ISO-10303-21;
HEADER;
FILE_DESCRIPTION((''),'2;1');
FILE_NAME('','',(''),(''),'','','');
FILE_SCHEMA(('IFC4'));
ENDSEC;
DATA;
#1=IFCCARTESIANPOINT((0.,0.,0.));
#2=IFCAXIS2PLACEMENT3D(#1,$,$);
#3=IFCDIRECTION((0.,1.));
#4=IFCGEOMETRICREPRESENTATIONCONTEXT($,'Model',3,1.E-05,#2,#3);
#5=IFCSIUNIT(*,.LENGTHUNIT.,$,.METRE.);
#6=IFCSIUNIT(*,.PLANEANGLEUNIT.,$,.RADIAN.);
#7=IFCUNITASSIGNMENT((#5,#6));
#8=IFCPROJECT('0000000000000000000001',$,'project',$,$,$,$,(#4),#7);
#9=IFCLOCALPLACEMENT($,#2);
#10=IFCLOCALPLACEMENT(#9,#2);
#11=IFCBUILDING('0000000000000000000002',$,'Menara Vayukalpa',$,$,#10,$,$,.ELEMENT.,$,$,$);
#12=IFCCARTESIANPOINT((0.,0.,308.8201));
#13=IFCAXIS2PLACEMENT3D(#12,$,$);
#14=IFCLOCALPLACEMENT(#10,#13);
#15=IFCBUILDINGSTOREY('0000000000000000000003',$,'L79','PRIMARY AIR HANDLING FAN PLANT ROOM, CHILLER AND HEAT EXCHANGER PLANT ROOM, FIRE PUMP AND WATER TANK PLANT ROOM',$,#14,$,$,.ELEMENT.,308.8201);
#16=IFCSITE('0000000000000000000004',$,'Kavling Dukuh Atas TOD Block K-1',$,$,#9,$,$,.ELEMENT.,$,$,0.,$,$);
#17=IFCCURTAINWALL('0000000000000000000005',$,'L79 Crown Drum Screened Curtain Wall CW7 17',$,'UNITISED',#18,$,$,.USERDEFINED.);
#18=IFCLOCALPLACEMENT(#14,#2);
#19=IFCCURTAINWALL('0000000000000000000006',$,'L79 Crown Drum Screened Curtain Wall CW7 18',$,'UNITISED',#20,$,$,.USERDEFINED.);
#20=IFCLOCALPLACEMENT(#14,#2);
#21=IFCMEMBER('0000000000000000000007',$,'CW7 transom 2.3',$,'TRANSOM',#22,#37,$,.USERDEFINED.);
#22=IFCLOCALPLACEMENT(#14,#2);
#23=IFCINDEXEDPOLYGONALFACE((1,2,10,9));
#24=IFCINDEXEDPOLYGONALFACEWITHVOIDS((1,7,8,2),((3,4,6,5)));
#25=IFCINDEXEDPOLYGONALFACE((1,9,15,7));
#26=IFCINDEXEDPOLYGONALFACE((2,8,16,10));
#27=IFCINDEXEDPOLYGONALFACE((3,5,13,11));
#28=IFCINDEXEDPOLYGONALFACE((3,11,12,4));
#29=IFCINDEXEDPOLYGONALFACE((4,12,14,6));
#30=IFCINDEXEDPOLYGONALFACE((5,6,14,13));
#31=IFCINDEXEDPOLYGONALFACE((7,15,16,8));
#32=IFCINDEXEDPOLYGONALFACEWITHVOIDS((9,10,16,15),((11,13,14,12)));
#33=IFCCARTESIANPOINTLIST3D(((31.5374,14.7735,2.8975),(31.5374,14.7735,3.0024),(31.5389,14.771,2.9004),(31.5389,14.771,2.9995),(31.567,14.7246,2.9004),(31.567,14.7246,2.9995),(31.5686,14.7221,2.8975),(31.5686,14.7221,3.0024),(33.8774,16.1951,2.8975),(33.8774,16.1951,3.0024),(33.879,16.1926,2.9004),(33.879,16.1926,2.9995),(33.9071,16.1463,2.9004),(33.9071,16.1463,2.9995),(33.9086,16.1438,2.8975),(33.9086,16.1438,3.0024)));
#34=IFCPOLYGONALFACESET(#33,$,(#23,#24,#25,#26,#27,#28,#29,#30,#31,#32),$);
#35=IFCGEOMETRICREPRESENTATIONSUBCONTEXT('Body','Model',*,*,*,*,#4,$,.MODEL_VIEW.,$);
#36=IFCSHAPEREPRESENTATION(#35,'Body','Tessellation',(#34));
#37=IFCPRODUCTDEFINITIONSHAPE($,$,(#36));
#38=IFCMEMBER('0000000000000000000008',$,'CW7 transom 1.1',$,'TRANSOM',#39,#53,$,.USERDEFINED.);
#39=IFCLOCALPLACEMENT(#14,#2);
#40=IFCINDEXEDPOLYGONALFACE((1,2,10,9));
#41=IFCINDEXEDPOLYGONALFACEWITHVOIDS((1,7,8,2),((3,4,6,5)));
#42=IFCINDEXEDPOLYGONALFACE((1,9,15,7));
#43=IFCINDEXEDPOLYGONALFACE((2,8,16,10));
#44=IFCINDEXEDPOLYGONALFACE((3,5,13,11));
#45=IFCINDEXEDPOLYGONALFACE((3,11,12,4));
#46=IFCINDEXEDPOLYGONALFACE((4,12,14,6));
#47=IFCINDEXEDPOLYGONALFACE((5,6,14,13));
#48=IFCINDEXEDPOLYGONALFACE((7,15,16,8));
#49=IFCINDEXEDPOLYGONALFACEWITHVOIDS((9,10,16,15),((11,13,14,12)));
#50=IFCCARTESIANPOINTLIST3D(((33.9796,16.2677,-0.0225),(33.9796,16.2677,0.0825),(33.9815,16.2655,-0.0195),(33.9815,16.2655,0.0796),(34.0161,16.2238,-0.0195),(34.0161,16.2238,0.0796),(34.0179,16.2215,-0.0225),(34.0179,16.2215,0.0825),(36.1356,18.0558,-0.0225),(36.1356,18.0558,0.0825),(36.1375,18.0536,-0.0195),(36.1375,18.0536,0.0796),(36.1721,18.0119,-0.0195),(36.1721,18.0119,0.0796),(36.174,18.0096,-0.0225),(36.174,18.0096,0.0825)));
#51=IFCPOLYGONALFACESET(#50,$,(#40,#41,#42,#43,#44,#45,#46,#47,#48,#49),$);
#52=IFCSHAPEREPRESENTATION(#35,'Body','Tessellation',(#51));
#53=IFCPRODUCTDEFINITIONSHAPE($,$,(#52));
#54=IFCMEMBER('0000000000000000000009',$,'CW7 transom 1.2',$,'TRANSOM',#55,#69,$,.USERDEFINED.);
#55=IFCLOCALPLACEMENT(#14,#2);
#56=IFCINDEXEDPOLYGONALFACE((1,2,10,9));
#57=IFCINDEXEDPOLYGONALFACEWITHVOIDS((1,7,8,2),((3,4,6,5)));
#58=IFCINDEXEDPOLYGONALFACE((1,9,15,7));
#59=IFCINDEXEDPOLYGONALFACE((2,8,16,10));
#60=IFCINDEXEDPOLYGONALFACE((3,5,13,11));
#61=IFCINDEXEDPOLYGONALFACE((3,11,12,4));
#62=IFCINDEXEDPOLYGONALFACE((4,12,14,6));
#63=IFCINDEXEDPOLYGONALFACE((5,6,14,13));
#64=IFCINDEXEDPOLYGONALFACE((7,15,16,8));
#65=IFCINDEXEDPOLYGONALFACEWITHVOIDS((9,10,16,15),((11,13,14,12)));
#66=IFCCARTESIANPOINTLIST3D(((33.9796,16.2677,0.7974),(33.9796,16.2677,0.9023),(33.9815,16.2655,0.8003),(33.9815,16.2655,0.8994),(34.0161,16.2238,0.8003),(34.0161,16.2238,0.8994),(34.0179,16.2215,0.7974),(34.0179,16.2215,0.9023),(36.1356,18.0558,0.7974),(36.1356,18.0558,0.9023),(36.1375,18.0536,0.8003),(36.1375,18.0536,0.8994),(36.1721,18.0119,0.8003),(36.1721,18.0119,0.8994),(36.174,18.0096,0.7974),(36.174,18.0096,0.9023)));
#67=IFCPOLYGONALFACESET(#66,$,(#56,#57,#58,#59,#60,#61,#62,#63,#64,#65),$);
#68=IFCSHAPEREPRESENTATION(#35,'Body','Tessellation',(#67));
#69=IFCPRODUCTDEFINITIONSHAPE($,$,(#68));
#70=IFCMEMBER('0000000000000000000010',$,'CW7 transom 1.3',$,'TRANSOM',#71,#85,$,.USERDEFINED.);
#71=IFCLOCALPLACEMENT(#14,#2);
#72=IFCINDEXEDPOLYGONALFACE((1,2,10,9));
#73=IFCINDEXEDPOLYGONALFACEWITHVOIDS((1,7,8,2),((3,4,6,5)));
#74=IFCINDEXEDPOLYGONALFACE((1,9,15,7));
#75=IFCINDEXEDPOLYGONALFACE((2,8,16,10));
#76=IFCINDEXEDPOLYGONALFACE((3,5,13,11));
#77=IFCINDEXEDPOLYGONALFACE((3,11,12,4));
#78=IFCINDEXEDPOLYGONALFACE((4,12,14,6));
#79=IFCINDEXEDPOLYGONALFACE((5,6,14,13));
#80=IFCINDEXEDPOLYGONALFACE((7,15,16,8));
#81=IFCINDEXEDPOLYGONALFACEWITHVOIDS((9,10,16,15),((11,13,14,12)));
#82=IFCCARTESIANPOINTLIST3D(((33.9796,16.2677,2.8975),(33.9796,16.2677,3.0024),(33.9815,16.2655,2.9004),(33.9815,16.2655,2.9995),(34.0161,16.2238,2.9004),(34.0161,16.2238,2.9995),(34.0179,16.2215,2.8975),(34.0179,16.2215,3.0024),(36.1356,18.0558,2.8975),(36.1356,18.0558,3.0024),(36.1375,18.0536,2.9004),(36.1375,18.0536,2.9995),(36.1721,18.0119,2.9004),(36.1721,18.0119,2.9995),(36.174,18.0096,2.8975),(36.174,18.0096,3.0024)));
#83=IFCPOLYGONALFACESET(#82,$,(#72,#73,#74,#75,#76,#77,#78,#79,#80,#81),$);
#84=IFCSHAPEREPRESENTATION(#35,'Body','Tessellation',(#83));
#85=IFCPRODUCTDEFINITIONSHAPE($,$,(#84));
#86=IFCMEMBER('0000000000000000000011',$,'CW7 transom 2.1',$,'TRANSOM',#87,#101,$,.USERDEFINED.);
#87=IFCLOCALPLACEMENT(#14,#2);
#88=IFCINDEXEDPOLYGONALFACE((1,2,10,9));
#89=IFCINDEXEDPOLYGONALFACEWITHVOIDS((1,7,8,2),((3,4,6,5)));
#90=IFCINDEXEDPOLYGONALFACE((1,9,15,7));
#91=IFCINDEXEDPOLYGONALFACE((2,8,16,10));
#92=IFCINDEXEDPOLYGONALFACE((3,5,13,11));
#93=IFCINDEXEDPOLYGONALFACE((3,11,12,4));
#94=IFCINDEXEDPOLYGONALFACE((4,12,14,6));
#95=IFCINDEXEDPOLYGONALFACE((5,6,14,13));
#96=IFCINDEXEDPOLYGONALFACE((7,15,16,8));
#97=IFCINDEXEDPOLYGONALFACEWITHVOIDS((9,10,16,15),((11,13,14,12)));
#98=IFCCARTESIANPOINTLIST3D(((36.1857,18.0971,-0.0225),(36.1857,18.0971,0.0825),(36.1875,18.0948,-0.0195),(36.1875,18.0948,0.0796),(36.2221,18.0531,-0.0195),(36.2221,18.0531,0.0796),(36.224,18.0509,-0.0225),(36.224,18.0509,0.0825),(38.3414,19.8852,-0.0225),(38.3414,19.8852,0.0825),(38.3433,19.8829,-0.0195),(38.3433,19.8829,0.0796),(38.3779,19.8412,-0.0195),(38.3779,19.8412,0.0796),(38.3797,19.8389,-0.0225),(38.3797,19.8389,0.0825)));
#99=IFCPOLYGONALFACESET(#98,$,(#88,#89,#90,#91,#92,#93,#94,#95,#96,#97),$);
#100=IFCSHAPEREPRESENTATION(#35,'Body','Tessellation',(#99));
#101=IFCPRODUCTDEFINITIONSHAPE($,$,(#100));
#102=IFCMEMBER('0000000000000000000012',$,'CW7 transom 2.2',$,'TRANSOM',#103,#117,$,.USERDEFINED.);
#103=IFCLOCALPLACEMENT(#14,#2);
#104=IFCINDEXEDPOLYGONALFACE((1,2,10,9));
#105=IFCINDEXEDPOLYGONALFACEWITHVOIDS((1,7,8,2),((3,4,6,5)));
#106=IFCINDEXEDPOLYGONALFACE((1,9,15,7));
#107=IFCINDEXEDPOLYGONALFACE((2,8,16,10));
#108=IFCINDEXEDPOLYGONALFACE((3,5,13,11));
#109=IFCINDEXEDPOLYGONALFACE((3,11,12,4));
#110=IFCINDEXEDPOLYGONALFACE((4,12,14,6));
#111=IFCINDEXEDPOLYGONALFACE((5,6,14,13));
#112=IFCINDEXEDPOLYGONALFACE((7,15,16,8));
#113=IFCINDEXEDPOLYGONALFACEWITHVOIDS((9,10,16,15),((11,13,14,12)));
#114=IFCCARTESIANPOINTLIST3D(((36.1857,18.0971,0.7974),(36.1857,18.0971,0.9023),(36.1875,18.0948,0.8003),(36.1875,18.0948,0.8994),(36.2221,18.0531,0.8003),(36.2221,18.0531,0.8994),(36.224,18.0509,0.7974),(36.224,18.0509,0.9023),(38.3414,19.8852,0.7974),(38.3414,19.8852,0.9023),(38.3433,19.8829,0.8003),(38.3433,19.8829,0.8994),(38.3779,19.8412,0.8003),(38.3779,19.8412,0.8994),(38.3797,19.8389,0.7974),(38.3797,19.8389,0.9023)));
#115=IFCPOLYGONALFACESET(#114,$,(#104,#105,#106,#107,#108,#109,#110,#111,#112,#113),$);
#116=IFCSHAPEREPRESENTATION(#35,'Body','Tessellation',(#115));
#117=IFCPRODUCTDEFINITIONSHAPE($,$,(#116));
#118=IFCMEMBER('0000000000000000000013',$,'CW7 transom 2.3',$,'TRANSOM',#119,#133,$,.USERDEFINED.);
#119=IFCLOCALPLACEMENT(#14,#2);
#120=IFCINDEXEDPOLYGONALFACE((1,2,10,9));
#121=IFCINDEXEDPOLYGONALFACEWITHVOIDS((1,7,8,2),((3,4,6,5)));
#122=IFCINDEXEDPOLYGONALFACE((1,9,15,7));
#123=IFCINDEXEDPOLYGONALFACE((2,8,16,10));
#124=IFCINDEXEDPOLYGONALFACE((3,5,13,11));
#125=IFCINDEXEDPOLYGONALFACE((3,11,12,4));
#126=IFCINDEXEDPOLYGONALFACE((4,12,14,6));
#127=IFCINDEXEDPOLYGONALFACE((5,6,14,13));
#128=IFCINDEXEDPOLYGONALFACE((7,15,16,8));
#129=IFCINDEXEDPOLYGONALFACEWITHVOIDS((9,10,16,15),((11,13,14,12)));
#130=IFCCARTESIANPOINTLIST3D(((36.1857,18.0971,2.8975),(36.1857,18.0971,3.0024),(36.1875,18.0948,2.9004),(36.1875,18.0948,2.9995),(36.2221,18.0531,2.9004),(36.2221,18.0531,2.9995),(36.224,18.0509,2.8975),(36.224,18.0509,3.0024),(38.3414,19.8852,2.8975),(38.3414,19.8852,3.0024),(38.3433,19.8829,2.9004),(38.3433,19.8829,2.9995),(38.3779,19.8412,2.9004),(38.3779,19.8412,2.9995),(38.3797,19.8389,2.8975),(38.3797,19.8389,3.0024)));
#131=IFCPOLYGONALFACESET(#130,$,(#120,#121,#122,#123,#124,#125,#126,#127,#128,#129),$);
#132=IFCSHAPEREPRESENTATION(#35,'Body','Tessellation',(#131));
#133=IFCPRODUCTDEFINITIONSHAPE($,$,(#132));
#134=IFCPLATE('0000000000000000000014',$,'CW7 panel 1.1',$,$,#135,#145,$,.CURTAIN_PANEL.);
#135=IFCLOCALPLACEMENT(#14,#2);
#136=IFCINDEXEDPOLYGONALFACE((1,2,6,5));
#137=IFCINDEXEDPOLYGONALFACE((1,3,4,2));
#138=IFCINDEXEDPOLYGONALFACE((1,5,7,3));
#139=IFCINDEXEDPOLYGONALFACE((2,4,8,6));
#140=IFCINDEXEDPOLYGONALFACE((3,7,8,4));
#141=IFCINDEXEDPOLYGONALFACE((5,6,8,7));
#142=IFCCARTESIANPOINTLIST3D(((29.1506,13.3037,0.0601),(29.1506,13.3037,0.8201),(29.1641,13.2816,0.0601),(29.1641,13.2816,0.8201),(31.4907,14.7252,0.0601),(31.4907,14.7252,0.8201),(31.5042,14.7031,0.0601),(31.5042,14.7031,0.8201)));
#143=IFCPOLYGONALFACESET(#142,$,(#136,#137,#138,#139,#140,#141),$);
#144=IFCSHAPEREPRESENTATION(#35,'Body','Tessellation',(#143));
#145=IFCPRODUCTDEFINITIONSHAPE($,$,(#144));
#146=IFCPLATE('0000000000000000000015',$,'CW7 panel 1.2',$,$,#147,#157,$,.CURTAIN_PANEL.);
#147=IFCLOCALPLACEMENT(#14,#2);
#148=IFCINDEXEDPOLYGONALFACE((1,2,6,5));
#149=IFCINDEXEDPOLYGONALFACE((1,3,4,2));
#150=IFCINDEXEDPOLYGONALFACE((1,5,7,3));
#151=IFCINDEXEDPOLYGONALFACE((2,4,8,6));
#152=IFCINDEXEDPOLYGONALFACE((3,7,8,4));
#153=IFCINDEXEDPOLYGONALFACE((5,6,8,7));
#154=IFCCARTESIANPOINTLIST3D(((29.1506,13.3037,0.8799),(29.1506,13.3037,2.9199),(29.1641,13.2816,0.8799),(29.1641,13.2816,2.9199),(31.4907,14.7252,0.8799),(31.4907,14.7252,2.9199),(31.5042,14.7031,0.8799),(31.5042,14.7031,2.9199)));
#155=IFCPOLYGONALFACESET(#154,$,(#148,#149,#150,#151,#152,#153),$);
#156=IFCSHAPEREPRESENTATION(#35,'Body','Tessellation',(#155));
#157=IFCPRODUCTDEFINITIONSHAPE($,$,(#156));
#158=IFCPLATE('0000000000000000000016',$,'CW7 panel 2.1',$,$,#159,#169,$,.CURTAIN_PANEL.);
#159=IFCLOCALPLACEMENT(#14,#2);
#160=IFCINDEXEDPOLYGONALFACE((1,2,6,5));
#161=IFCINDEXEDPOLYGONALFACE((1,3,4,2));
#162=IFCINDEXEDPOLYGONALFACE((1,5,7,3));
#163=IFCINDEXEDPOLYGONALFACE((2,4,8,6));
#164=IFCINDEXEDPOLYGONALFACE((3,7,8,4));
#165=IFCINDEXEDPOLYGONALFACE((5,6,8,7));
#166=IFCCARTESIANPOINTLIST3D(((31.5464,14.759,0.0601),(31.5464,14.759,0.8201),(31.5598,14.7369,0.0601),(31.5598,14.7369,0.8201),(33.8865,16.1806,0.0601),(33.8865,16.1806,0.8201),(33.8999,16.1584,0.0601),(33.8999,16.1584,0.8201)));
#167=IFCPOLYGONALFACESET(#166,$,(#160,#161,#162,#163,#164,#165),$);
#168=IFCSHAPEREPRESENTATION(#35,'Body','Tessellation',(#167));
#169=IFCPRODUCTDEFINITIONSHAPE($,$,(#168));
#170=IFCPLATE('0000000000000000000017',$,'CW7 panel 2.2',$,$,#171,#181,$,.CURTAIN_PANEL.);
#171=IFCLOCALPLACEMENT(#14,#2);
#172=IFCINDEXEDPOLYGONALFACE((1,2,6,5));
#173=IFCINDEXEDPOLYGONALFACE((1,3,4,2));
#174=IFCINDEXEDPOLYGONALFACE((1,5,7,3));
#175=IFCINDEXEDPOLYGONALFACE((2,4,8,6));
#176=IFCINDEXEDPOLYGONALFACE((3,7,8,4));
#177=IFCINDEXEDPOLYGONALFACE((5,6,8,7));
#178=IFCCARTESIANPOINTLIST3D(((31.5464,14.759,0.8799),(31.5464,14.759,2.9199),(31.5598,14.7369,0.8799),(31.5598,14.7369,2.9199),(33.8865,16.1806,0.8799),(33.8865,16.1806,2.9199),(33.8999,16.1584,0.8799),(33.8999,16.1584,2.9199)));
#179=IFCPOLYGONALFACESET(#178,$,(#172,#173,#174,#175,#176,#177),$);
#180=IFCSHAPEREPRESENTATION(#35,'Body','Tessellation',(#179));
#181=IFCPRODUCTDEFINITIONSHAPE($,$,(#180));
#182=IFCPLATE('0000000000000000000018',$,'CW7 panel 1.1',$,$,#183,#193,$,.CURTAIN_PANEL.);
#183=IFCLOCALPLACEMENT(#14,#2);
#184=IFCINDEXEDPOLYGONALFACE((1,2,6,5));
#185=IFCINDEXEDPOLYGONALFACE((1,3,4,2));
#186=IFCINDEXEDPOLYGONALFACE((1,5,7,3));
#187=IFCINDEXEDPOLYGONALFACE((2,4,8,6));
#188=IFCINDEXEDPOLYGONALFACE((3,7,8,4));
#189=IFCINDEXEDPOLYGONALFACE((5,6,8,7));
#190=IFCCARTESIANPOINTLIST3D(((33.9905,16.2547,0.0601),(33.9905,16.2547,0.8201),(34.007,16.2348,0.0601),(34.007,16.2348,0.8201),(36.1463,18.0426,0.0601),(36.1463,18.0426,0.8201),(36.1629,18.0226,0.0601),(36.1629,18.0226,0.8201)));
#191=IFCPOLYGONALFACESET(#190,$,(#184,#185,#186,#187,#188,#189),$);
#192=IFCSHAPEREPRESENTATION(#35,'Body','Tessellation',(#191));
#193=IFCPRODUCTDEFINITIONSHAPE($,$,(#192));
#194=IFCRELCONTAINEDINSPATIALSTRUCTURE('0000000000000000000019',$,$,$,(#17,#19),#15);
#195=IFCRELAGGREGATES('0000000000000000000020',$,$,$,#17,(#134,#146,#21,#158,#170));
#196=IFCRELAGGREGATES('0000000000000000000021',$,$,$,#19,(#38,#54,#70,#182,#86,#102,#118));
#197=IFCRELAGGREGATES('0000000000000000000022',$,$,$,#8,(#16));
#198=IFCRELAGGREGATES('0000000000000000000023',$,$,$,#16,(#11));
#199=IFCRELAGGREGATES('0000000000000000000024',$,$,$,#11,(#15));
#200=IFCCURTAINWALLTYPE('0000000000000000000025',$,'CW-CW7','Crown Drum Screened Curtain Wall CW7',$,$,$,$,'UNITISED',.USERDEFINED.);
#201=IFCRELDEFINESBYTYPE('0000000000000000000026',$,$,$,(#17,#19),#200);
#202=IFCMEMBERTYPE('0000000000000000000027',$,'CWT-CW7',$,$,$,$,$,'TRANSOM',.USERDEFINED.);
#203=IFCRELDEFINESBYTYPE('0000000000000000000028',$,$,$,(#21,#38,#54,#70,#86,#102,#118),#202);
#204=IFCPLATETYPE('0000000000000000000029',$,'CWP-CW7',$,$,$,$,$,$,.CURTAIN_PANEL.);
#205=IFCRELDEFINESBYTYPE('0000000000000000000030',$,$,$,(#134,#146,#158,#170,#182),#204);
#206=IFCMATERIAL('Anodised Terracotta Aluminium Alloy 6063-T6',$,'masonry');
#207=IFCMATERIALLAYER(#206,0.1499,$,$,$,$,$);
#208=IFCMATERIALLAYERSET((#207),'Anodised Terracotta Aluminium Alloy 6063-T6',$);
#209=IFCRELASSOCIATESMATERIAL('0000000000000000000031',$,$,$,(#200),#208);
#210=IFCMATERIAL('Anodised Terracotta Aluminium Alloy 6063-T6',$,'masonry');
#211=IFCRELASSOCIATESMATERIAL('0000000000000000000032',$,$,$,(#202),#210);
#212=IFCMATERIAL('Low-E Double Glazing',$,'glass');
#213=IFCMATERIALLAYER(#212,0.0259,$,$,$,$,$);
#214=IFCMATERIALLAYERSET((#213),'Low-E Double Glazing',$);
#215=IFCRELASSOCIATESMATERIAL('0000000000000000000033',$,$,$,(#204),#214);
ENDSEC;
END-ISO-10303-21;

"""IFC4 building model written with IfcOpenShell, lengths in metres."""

from ifc_helpers import new_model, si_unit, direction, frame, origin, origin_2d, place, context, subcontext, project, spatial, rectangle, hollow_rectangle, extrude, material, layer, layer_set, material_profile, profile_set, type_object, element, aggregate, save


model = new_model("IFC4")

# Units and contexts
model_context = context("Model", 3, precision=1e-05, world=origin(), true_north=direction((0.0, 1.0)))
body_context = subcontext(model_context, "Body", "Model", "MODEL_VIEW")
ifc_project = project(units=[si_unit("LENGTHUNIT", "METRE"), si_unit("PLANEANGLEUNIT", "RADIAN")], contexts=[model_context])

# Site, building, storey
site_placement = place(None, origin())
site = spatial("IfcSite", under=ifc_project, at=site_placement, Name="Kavling Dukuh Atas TOD Block K-1", CompositionType="ELEMENT", RefElevation=0.0)
building_placement = place(site_placement, origin())
building = spatial("IfcBuilding", under=site, at=building_placement, Name="Menara Vayukalpa", CompositionType="ELEMENT")
storey_placement = place(building_placement, frame((0.0, 0.0, 308.8201)))
storey = spatial("IfcBuildingStorey", under=building, at=storey_placement, Name="L79", Description="PRIMARY AIR HANDLING FAN PLANT ROOM, CHILLER AND HEAT EXCHANGER PLANT ROOM, FIRE PUMP AND WATER TANK PLANT ROOM", CompositionType="ELEMENT", Elevation=308.8201)

# Curtain walls
ifc_material_1 = material(Name="Anodised Terracotta Aluminium Alloy 6063-T6", Category="masonry")
ifc_layer_1 = layer(ifc_material_1, 0.1499)
ifc_layer_set_1 = layer_set([ifc_layer_1], Name="Anodised Terracotta Aluminium Alloy 6063-T6")
curtain_wall_type = type_object("IfcCurtainWallType", Name="CW-CW7", Description="Crown Drum Screened Curtain Wall CW7", ElementType="UNITISED", PredefinedType="USERDEFINED", material=ifc_layer_set_1)
curtain_wall_1_placement = place(storey_placement, origin())
curtain_wall_1 = element("IfcCurtainWall", 1, at=curtain_wall_1_placement, inside=storey, type_object=curtain_wall_type, Name="L79 Crown Drum Screened Curtain Wall CW7 17", ObjectType="UNITISED", PredefinedType="USERDEFINED")
curtain_wall_2_placement = place(storey_placement, origin())
curtain_wall_2 = element("IfcCurtainWall", 2, at=curtain_wall_2_placement, inside=storey, type_object=curtain_wall_type, Name="L79 Crown Drum Screened Curtain Wall CW7 18", ObjectType="UNITISED", PredefinedType="USERDEFINED")

# Members
ifc_material_2 = material(Name="Anodised Terracotta Aluminium Alloy 6063-T6", Category="masonry")
ifc_material_profile_1 = material_profile(ifc_material_2, hollow_rectangle(XDim=0.0601, YDim=0.105, WallThickness=0.0029, at=origin_2d()), Name="ALU 60x105x3")
ifc_profile_set_1 = profile_set([ifc_material_profile_1], Name="Anodised Terracotta Aluminium Alloy 6063-T6")
member_type_1 = type_object("IfcMemberType", Name="CWT-CW7", ElementType="TRANSOM", PredefinedType="USERDEFINED", material=ifc_profile_set_1)
member_1_placement = place(storey_placement, frame((31.553, 14.7478, 2.95), z_axis=(0.854648, 0.519208, 0.0), x_axis=(-0.519208, 0.854648, 0.0)))
member_1 = element("IfcMember", 3, at=member_1_placement, type_object=member_type_1, Name="CW7 transom 2.3", ObjectType="TRANSOM", PredefinedType="USERDEFINED", context=body_context, shape_type="SweptSolid", body=[
    extrude(hollow_rectangle(XDim=0.0601, YDim=0.105, WallThickness=0.0029, at=origin_2d()), origin(), (0.0, 0.0, 1.0), 2.738),
])
member_2_placement = place(storey_placement, frame((33.9988, 16.2446, 0.03), z_axis=(0.769727, 0.638374, 0.0), x_axis=(-0.638374, 0.769727, 0.0)))
member_2 = element("IfcMember", 4, at=member_2_placement, type_object=member_type_1, Name="CW7 transom 1.1", ObjectType="TRANSOM", PredefinedType="USERDEFINED", context=body_context, shape_type="SweptSolid", body=[
    extrude(hollow_rectangle(XDim=0.0601, YDim=0.105, WallThickness=0.0029, at=origin_2d()), origin(), (0.0, 0.0, 1.0), 2.801),
])
member_3_placement = place(storey_placement, frame((33.9988, 16.2446, 0.8499), z_axis=(0.769727, 0.638374, 0.0), x_axis=(-0.638374, 0.769727, 0.0)))
member_3 = element("IfcMember", 5, at=member_3_placement, type_object=member_type_1, Name="CW7 transom 1.2", ObjectType="TRANSOM", PredefinedType="USERDEFINED", context=body_context, shape_type="SweptSolid", body=[
    extrude(hollow_rectangle(XDim=0.0601, YDim=0.105, WallThickness=0.0029, at=origin_2d()), origin(), (0.0, 0.0, 1.0), 2.801),
])
member_4_placement = place(storey_placement, frame((33.9988, 16.2446, 2.95), z_axis=(0.769727, 0.638374, 0.0), x_axis=(-0.638374, 0.769727, 0.0)))
member_4 = element("IfcMember", 6, at=member_4_placement, type_object=member_type_1, Name="CW7 transom 1.3", ObjectType="TRANSOM", PredefinedType="USERDEFINED", context=body_context, shape_type="SweptSolid", body=[
    extrude(hollow_rectangle(XDim=0.0601, YDim=0.105, WallThickness=0.0029, at=origin_2d()), origin(), (0.0, 0.0, 1.0), 2.801),
])
member_5_placement = place(storey_placement, frame((36.2048, 18.074, 0.03), z_axis=(0.769691, 0.638416, 0.0), x_axis=(-0.638416, 0.769691, 0.0)))
member_5 = element("IfcMember", 7, at=member_5_placement, type_object=member_type_1, Name="CW7 transom 2.1", ObjectType="TRANSOM", PredefinedType="USERDEFINED", context=body_context, shape_type="SweptSolid", body=[
    extrude(hollow_rectangle(XDim=0.0601, YDim=0.105, WallThickness=0.0029, at=origin_2d()), origin(), (0.0, 0.0, 1.0), 2.8008),
])
member_6_placement = place(storey_placement, frame((36.2048, 18.074, 0.8499), z_axis=(0.769691, 0.638416, 0.0), x_axis=(-0.638416, 0.769691, 0.0)))
member_6 = element("IfcMember", 8, at=member_6_placement, type_object=member_type_1, Name="CW7 transom 2.2", ObjectType="TRANSOM", PredefinedType="USERDEFINED", context=body_context, shape_type="SweptSolid", body=[
    extrude(hollow_rectangle(XDim=0.0601, YDim=0.105, WallThickness=0.0029, at=origin_2d()), origin(), (0.0, 0.0, 1.0), 2.8008),
])
member_7_placement = place(storey_placement, frame((36.2048, 18.074, 2.95), z_axis=(0.769691, 0.638416, 0.0), x_axis=(-0.638416, 0.769691, 0.0)))
member_7 = element("IfcMember", 9, at=member_7_placement, type_object=member_type_1, Name="CW7 transom 2.3", ObjectType="TRANSOM", PredefinedType="USERDEFINED", context=body_context, shape_type="SweptSolid", body=[
    extrude(hollow_rectangle(XDim=0.0601, YDim=0.105, WallThickness=0.0029, at=origin_2d()), origin(), (0.0, 0.0, 1.0), 2.8008),
])

# Plates
ifc_material_3 = material(Name="Low-E Double Glazing", Category="glass")
ifc_layer_2 = layer(ifc_material_3, 0.0259)
ifc_layer_set_2 = layer_set([ifc_layer_2], Name="Low-E Double Glazing")
plate_type = type_object("IfcPlateType", Name="CWP-CW7", PredefinedType="CURTAIN_PANEL", material=ifc_layer_set_2)
plate_1_placement = place(storey_placement, frame((30.3274, 14.0034, 0.0601), z_axis=(0.0, 0.0, 1.0), x_axis=(0.854667, 0.519176, 0.0)))
plate_1 = element("IfcPlate", 10, at=plate_1_placement, type_object=plate_type, Name="CW7 panel 1.1", PredefinedType="CURTAIN_PANEL", context=body_context, shape_type="SweptSolid", body=[
    extrude(rectangle(XDim=2.738, YDim=0.0259, at=origin_2d()), origin(), (0.0, 0.0, 1.0), 0.76),
])
plate_2_placement = place(storey_placement, frame((30.3274, 14.0034, 0.8799), z_axis=(0.0, 0.0, 1.0), x_axis=(0.854667, 0.519176, 0.0)))
plate_2 = element("IfcPlate", 11, at=plate_2_placement, type_object=plate_type, Name="CW7 panel 1.2", PredefinedType="CURTAIN_PANEL", context=body_context, shape_type="SweptSolid", body=[
    extrude(rectangle(XDim=2.738, YDim=0.0259, at=origin_2d()), origin(), (0.0, 0.0, 1.0), 2.04),
])
plate_3_placement = place(storey_placement, frame((32.7231, 15.4587, 0.0601), z_axis=(0.0, 0.0, 1.0), x_axis=(0.854667, 0.519176, 0.0)))
plate_3 = element("IfcPlate", 12, at=plate_3_placement, type_object=plate_type, Name="CW7 panel 2.1", PredefinedType="CURTAIN_PANEL", context=body_context, shape_type="SweptSolid", body=[
    extrude(rectangle(XDim=2.738, YDim=0.0259, at=origin_2d()), origin(), (0.0, 0.0, 1.0), 0.76),
])
plate_4_placement = place(storey_placement, frame((32.7231, 15.4587, 0.8799), z_axis=(0.0, 0.0, 1.0), x_axis=(0.854667, 0.519176, 0.0)))
plate_4 = element("IfcPlate", 13, at=plate_4_placement, type_object=plate_type, Name="CW7 panel 2.2", PredefinedType="CURTAIN_PANEL", context=body_context, shape_type="SweptSolid", body=[
    extrude(rectangle(XDim=2.738, YDim=0.0259, at=origin_2d()), origin(), (0.0, 0.0, 1.0), 2.04),
])
aggregate(curtain_wall_1, [plate_1, plate_2, member_1, plate_3, plate_4])
plate_5_placement = place(storey_placement, frame((35.0767, 17.1387, 0.0601), z_axis=(0.0, 0.0, 1.0), x_axis=(0.769749, 0.638347, 0.0)))
plate_5 = element("IfcPlate", 14, at=plate_5_placement, type_object=plate_type, Name="CW7 panel 1.1", PredefinedType="CURTAIN_PANEL", context=body_context, shape_type="SweptSolid", body=[
    extrude(rectangle(XDim=2.8008, YDim=0.0259, at=origin_2d()), origin(), (0.0, 0.0, 1.0), 0.76),
])
aggregate(curtain_wall_2, [member_2, member_3, member_4, plate_5, member_5, member_6, member_7])

save(model, "model.ifc")
